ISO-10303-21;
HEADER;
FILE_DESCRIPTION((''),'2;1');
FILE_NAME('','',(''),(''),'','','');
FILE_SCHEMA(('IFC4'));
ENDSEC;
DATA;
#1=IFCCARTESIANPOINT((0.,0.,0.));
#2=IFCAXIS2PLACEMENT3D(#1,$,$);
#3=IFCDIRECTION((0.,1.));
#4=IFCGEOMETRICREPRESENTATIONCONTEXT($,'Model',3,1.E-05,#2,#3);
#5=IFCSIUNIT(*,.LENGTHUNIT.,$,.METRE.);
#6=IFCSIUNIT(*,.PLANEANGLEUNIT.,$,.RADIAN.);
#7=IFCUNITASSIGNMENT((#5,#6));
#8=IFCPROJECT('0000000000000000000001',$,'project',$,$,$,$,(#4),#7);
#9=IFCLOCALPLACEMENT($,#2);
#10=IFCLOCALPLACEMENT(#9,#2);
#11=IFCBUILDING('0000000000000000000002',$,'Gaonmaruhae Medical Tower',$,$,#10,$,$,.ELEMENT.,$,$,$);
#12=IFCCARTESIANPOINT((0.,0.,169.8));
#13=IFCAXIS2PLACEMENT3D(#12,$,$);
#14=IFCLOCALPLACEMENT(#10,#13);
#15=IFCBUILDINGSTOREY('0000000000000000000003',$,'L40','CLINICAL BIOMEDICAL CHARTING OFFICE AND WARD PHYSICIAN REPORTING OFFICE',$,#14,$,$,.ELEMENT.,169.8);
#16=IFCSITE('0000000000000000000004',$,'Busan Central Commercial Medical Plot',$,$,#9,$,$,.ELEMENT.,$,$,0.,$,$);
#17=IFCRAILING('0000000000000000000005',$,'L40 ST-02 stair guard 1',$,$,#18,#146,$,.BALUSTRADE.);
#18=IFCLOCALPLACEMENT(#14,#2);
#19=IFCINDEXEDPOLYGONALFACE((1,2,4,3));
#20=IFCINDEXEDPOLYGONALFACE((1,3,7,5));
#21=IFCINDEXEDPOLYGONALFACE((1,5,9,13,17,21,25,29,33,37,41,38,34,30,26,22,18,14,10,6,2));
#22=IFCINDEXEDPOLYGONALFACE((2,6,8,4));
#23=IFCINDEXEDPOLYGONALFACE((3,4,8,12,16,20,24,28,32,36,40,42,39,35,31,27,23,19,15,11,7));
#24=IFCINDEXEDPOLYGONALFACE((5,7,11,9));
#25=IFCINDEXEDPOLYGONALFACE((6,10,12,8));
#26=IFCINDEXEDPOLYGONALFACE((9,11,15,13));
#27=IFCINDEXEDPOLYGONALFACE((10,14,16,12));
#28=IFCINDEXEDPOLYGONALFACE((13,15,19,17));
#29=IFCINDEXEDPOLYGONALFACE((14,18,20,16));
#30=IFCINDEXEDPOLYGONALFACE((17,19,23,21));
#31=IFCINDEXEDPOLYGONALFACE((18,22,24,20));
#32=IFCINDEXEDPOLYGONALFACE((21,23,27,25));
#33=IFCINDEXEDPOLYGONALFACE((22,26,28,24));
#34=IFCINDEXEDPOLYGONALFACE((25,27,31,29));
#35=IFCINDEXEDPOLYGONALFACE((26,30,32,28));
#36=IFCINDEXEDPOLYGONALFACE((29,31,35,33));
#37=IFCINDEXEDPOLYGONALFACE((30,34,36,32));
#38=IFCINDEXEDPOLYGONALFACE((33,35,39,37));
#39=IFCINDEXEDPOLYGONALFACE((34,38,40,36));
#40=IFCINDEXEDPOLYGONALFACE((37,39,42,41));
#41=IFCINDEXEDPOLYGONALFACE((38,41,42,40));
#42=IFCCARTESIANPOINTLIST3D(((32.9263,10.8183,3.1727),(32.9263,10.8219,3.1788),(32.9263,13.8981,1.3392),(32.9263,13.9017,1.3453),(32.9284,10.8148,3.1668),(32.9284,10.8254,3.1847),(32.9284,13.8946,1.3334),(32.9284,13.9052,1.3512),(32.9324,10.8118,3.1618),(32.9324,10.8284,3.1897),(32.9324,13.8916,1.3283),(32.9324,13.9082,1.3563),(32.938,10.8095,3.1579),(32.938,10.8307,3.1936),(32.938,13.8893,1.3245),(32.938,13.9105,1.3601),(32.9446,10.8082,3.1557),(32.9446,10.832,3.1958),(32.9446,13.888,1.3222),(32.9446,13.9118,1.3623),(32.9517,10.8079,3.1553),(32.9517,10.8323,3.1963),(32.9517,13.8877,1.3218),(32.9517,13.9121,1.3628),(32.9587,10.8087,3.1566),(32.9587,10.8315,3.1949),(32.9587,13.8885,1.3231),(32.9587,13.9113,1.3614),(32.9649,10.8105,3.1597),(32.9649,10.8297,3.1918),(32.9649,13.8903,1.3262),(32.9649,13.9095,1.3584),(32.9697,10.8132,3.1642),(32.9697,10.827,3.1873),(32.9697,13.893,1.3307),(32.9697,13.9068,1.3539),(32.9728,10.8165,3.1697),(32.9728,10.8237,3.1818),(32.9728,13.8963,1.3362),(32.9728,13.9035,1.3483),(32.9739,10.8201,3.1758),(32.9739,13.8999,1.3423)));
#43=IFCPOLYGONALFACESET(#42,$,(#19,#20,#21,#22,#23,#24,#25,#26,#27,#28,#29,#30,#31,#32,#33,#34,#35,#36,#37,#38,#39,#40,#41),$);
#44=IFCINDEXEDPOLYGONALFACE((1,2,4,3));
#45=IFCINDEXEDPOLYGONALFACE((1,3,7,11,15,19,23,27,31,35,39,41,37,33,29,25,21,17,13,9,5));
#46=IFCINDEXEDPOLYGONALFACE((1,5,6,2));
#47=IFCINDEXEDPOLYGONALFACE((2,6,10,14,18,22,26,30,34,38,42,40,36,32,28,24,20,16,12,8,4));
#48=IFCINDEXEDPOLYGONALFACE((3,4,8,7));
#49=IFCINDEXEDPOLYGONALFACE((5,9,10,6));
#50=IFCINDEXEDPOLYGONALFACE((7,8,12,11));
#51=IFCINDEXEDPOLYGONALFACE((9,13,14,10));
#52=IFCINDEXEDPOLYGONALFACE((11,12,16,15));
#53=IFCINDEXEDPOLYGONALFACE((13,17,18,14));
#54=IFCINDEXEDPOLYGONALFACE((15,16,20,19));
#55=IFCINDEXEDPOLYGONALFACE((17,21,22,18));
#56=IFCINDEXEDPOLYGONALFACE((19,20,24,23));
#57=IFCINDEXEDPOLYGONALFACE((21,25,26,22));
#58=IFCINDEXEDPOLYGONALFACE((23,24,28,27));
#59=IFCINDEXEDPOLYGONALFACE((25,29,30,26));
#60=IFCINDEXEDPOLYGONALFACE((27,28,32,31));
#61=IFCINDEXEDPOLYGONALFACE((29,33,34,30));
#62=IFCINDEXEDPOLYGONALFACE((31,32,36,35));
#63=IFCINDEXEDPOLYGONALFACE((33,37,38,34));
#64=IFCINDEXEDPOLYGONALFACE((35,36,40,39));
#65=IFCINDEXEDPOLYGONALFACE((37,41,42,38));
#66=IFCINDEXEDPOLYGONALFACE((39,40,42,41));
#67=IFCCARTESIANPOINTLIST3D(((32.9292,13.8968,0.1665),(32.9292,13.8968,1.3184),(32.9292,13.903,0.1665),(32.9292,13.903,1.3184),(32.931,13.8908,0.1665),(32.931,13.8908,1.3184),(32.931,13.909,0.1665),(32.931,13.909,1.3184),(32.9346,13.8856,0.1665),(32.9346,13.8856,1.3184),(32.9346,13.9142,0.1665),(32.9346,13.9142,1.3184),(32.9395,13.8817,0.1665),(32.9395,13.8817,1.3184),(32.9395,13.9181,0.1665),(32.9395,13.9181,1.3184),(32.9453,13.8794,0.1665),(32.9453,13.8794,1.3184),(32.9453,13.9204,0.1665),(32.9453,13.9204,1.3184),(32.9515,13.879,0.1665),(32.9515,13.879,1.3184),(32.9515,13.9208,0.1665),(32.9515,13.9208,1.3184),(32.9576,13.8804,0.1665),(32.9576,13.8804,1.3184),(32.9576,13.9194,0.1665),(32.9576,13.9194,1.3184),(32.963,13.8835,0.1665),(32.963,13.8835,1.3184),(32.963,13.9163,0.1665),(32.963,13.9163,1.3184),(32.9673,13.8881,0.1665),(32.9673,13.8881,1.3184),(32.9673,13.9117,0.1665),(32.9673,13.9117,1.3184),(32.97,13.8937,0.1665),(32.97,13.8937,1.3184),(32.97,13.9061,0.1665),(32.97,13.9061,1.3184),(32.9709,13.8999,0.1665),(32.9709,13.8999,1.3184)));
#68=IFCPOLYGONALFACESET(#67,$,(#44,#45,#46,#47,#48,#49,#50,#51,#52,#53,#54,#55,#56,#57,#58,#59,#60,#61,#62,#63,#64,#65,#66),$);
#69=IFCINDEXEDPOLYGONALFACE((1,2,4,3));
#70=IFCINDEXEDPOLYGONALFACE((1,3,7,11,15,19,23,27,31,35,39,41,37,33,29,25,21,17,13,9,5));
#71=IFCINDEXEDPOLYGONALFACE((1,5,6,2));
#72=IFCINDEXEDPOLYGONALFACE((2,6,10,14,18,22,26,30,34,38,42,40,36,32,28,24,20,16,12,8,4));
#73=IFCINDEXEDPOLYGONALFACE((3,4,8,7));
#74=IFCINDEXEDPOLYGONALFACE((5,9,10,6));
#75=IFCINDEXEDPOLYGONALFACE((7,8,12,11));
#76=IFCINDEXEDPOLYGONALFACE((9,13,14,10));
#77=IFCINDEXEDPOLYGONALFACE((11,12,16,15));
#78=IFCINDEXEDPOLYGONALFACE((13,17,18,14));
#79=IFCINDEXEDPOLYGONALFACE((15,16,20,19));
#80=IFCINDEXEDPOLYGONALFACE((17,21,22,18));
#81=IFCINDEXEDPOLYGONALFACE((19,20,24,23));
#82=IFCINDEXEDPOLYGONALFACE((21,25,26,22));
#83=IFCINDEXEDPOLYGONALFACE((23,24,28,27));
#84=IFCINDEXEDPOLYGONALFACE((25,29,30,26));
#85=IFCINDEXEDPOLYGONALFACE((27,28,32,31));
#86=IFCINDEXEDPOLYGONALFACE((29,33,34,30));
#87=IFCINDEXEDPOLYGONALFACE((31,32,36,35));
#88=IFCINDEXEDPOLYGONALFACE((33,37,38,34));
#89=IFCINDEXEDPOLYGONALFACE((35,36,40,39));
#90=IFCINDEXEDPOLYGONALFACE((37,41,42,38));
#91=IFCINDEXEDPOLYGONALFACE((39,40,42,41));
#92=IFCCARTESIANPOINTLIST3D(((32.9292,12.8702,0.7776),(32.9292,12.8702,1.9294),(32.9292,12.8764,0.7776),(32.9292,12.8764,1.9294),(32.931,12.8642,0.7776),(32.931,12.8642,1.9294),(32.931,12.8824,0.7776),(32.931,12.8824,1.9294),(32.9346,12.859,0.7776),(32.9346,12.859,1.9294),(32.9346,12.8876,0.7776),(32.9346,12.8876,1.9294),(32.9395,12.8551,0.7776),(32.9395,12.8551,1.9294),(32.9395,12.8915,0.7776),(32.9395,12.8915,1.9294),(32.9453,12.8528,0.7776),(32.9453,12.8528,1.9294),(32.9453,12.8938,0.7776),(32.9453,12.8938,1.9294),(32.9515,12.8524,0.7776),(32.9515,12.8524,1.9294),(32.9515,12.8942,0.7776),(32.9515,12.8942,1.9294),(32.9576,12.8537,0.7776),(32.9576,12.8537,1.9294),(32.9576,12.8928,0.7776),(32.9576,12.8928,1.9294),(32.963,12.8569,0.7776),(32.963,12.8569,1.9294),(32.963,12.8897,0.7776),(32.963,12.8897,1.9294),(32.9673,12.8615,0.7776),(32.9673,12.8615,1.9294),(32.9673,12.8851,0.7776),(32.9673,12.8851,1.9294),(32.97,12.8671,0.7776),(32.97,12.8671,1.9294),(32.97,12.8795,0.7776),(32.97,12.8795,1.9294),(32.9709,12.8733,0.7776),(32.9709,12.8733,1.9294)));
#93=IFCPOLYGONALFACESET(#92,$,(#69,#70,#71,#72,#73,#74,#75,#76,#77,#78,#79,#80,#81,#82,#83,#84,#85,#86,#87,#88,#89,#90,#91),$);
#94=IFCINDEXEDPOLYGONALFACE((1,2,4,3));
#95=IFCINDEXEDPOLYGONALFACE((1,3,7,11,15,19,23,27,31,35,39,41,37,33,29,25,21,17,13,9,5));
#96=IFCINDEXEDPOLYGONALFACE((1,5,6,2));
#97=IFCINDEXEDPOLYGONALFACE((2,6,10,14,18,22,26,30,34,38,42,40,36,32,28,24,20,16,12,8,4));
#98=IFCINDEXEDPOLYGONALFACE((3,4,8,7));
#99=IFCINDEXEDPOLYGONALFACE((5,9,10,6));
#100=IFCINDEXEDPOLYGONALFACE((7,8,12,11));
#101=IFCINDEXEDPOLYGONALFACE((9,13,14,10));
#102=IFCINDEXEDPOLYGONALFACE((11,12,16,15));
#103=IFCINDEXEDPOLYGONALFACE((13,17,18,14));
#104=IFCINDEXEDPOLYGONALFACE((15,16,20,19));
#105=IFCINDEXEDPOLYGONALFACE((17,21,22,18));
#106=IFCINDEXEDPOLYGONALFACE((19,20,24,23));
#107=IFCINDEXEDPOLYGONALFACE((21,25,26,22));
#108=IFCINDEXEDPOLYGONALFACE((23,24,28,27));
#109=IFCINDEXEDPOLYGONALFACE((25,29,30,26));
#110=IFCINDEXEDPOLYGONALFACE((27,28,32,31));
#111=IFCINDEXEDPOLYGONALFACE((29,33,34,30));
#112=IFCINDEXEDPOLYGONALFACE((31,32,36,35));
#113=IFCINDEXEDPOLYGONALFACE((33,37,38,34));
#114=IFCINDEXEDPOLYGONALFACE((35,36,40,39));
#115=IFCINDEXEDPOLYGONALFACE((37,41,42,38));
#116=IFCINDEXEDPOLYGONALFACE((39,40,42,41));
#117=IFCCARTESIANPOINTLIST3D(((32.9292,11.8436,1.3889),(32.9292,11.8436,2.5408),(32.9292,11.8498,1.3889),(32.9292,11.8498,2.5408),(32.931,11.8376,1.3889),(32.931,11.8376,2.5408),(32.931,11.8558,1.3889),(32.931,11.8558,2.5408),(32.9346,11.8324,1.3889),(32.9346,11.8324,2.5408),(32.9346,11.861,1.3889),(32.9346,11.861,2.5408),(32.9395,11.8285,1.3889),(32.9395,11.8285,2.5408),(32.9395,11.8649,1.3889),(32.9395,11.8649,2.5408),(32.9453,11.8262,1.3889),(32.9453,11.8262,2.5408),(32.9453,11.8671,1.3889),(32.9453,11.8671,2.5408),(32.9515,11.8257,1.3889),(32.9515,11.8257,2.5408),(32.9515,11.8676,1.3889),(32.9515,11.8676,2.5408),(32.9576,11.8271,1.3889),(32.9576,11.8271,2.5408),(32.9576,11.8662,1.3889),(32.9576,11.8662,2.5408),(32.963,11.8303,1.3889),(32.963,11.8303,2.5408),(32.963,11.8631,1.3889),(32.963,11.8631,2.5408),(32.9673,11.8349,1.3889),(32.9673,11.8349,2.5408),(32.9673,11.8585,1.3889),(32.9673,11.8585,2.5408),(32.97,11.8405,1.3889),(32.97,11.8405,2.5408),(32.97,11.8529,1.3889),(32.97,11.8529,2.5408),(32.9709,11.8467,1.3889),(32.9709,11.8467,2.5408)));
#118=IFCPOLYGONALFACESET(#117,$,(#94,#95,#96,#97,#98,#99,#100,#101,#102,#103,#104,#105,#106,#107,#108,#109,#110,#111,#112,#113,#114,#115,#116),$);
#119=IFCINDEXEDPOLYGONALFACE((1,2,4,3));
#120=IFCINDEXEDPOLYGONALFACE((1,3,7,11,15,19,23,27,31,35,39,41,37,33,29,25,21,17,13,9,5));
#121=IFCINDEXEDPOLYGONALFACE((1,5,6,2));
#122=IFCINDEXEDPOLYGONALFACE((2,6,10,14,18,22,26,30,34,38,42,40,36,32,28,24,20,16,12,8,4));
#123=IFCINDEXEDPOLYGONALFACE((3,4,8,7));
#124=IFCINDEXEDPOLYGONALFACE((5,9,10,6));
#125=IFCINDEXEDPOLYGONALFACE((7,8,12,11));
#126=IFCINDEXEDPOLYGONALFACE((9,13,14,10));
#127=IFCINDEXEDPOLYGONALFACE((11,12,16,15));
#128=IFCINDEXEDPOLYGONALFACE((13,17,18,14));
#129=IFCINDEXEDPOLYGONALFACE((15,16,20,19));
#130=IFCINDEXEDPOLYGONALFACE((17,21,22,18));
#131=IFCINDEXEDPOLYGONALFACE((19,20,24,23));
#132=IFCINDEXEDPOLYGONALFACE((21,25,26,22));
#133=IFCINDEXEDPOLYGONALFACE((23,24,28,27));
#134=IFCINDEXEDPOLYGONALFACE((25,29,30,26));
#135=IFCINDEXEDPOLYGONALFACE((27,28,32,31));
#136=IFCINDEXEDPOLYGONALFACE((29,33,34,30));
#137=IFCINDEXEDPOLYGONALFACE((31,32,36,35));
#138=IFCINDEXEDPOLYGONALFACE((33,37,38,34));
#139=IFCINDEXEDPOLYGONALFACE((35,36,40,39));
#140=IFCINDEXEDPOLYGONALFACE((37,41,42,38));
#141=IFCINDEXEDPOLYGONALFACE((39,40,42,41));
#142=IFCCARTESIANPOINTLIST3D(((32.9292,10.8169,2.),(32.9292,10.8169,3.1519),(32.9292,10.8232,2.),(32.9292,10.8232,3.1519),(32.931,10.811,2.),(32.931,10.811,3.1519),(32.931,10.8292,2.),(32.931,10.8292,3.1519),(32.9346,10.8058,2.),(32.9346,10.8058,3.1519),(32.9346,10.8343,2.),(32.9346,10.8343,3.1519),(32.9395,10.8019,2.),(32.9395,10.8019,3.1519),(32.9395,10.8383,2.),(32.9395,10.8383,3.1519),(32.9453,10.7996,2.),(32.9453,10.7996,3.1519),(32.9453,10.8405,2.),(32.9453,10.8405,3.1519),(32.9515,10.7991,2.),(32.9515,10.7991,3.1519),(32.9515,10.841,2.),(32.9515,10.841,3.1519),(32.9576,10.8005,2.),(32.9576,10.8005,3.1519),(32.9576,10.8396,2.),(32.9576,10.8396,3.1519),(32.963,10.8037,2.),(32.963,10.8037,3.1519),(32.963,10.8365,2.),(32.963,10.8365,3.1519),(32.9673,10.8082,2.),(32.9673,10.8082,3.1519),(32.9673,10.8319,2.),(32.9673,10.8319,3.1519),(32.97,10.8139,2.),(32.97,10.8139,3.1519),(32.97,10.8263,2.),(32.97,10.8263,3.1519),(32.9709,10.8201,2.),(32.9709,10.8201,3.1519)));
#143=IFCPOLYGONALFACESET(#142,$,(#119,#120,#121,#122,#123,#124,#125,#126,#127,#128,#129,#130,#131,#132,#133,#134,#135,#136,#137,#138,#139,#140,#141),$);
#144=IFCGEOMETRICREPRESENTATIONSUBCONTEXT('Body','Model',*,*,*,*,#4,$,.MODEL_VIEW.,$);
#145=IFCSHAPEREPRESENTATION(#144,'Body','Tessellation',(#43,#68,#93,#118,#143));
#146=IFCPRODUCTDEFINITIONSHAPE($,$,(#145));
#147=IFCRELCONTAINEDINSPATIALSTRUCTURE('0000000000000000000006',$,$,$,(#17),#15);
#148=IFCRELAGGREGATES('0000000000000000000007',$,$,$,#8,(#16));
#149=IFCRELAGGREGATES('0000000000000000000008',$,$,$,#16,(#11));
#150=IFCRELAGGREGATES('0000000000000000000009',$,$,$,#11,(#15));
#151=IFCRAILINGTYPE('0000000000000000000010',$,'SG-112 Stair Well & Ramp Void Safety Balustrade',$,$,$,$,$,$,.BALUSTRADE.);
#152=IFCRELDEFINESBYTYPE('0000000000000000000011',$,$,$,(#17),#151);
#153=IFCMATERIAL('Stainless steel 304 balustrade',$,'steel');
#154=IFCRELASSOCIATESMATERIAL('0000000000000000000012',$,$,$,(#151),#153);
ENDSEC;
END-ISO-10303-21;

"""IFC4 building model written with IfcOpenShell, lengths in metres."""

from ifc_helpers import new_model, si_unit, direction, frame, origin, origin_2d, place, context, subcontext, project, spatial, circle, extrude, material, type_object, element, save


model = new_model("IFC4")

# Units and contexts
model_context = context("Model", 3, precision=1e-05, world=origin(), true_north=direction((0.0, 1.0)))
body_context = subcontext(model_context, "Body", "Model", "MODEL_VIEW")
ifc_project = project(units=[si_unit("LENGTHUNIT", "METRE"), si_unit("PLANEANGLEUNIT", "RADIAN")], contexts=[model_context])

# Site, building, storey
site_placement = place(None, origin())
site = spatial("IfcSite", under=ifc_project, at=site_placement, Name="Busan Central Commercial Medical Plot", CompositionType="ELEMENT", RefElevation=0.0)
building_placement = place(site_placement, origin())
building = spatial("IfcBuilding", under=site, at=building_placement, Name="Gaonmaruhae Medical Tower", CompositionType="ELEMENT")
storey_placement = place(building_placement, frame((0.0, 0.0, 169.8)))
storey = spatial("IfcBuildingStorey", under=building, at=storey_placement, Name="L40", Description="CLINICAL BIOMEDICAL CHARTING OFFICE AND WARD PHYSICIAN REPORTING OFFICE", CompositionType="ELEMENT", Elevation=169.8)

# Railing
ifc_material_1 = material(Name="Stainless steel 304 balustrade", Category="steel")
railing_type_1 = type_object("IfcRailingType", Name="SG-112 Stair Well & Ramp Void Safety Balustrade", PredefinedType="BALUSTRADE", material=ifc_material_1)
railing_1_placement = place(storey_placement, frame((32.95, 13.8999, 0.1665)))
element("IfcRailing", 1, at=railing_1_placement, inside=storey, type_object=railing_type_1, Name="L40 ST-02 stair guard 1", PredefinedType="BALUSTRADE", context=body_context, shape_type="SweptSolid", body=[
    extrude(circle(Radius=0.0239, at=origin_2d()), frame((0.0, 0.0, 1.1758), z_axis=(0.0, -0.859261, 0.511538), x_axis=(1.0, 0.0, 0.0)), (0.0, 0.0, 1.0), 3.5842),
    extrude(circle(Radius=0.021, at=origin_2d()), origin(), (0.0, 0.0, 1.0), 1.1519),
    extrude(circle(Radius=0.021, at=origin_2d()), frame((0.0, -1.0266, 0.6111)), (0.0, 0.0, 1.0), 1.1519),
    extrude(circle(Radius=0.021, at=origin_2d()), frame((0.0, -2.0532, 1.2224)), (0.0, 0.0, 1.0), 1.1519),
    extrude(circle(Radius=0.021, at=origin_2d()), frame((0.0, -3.0798, 1.8335)), (0.0, 0.0, 1.0), 1.1519),
])

save(model, "model.ifc")
